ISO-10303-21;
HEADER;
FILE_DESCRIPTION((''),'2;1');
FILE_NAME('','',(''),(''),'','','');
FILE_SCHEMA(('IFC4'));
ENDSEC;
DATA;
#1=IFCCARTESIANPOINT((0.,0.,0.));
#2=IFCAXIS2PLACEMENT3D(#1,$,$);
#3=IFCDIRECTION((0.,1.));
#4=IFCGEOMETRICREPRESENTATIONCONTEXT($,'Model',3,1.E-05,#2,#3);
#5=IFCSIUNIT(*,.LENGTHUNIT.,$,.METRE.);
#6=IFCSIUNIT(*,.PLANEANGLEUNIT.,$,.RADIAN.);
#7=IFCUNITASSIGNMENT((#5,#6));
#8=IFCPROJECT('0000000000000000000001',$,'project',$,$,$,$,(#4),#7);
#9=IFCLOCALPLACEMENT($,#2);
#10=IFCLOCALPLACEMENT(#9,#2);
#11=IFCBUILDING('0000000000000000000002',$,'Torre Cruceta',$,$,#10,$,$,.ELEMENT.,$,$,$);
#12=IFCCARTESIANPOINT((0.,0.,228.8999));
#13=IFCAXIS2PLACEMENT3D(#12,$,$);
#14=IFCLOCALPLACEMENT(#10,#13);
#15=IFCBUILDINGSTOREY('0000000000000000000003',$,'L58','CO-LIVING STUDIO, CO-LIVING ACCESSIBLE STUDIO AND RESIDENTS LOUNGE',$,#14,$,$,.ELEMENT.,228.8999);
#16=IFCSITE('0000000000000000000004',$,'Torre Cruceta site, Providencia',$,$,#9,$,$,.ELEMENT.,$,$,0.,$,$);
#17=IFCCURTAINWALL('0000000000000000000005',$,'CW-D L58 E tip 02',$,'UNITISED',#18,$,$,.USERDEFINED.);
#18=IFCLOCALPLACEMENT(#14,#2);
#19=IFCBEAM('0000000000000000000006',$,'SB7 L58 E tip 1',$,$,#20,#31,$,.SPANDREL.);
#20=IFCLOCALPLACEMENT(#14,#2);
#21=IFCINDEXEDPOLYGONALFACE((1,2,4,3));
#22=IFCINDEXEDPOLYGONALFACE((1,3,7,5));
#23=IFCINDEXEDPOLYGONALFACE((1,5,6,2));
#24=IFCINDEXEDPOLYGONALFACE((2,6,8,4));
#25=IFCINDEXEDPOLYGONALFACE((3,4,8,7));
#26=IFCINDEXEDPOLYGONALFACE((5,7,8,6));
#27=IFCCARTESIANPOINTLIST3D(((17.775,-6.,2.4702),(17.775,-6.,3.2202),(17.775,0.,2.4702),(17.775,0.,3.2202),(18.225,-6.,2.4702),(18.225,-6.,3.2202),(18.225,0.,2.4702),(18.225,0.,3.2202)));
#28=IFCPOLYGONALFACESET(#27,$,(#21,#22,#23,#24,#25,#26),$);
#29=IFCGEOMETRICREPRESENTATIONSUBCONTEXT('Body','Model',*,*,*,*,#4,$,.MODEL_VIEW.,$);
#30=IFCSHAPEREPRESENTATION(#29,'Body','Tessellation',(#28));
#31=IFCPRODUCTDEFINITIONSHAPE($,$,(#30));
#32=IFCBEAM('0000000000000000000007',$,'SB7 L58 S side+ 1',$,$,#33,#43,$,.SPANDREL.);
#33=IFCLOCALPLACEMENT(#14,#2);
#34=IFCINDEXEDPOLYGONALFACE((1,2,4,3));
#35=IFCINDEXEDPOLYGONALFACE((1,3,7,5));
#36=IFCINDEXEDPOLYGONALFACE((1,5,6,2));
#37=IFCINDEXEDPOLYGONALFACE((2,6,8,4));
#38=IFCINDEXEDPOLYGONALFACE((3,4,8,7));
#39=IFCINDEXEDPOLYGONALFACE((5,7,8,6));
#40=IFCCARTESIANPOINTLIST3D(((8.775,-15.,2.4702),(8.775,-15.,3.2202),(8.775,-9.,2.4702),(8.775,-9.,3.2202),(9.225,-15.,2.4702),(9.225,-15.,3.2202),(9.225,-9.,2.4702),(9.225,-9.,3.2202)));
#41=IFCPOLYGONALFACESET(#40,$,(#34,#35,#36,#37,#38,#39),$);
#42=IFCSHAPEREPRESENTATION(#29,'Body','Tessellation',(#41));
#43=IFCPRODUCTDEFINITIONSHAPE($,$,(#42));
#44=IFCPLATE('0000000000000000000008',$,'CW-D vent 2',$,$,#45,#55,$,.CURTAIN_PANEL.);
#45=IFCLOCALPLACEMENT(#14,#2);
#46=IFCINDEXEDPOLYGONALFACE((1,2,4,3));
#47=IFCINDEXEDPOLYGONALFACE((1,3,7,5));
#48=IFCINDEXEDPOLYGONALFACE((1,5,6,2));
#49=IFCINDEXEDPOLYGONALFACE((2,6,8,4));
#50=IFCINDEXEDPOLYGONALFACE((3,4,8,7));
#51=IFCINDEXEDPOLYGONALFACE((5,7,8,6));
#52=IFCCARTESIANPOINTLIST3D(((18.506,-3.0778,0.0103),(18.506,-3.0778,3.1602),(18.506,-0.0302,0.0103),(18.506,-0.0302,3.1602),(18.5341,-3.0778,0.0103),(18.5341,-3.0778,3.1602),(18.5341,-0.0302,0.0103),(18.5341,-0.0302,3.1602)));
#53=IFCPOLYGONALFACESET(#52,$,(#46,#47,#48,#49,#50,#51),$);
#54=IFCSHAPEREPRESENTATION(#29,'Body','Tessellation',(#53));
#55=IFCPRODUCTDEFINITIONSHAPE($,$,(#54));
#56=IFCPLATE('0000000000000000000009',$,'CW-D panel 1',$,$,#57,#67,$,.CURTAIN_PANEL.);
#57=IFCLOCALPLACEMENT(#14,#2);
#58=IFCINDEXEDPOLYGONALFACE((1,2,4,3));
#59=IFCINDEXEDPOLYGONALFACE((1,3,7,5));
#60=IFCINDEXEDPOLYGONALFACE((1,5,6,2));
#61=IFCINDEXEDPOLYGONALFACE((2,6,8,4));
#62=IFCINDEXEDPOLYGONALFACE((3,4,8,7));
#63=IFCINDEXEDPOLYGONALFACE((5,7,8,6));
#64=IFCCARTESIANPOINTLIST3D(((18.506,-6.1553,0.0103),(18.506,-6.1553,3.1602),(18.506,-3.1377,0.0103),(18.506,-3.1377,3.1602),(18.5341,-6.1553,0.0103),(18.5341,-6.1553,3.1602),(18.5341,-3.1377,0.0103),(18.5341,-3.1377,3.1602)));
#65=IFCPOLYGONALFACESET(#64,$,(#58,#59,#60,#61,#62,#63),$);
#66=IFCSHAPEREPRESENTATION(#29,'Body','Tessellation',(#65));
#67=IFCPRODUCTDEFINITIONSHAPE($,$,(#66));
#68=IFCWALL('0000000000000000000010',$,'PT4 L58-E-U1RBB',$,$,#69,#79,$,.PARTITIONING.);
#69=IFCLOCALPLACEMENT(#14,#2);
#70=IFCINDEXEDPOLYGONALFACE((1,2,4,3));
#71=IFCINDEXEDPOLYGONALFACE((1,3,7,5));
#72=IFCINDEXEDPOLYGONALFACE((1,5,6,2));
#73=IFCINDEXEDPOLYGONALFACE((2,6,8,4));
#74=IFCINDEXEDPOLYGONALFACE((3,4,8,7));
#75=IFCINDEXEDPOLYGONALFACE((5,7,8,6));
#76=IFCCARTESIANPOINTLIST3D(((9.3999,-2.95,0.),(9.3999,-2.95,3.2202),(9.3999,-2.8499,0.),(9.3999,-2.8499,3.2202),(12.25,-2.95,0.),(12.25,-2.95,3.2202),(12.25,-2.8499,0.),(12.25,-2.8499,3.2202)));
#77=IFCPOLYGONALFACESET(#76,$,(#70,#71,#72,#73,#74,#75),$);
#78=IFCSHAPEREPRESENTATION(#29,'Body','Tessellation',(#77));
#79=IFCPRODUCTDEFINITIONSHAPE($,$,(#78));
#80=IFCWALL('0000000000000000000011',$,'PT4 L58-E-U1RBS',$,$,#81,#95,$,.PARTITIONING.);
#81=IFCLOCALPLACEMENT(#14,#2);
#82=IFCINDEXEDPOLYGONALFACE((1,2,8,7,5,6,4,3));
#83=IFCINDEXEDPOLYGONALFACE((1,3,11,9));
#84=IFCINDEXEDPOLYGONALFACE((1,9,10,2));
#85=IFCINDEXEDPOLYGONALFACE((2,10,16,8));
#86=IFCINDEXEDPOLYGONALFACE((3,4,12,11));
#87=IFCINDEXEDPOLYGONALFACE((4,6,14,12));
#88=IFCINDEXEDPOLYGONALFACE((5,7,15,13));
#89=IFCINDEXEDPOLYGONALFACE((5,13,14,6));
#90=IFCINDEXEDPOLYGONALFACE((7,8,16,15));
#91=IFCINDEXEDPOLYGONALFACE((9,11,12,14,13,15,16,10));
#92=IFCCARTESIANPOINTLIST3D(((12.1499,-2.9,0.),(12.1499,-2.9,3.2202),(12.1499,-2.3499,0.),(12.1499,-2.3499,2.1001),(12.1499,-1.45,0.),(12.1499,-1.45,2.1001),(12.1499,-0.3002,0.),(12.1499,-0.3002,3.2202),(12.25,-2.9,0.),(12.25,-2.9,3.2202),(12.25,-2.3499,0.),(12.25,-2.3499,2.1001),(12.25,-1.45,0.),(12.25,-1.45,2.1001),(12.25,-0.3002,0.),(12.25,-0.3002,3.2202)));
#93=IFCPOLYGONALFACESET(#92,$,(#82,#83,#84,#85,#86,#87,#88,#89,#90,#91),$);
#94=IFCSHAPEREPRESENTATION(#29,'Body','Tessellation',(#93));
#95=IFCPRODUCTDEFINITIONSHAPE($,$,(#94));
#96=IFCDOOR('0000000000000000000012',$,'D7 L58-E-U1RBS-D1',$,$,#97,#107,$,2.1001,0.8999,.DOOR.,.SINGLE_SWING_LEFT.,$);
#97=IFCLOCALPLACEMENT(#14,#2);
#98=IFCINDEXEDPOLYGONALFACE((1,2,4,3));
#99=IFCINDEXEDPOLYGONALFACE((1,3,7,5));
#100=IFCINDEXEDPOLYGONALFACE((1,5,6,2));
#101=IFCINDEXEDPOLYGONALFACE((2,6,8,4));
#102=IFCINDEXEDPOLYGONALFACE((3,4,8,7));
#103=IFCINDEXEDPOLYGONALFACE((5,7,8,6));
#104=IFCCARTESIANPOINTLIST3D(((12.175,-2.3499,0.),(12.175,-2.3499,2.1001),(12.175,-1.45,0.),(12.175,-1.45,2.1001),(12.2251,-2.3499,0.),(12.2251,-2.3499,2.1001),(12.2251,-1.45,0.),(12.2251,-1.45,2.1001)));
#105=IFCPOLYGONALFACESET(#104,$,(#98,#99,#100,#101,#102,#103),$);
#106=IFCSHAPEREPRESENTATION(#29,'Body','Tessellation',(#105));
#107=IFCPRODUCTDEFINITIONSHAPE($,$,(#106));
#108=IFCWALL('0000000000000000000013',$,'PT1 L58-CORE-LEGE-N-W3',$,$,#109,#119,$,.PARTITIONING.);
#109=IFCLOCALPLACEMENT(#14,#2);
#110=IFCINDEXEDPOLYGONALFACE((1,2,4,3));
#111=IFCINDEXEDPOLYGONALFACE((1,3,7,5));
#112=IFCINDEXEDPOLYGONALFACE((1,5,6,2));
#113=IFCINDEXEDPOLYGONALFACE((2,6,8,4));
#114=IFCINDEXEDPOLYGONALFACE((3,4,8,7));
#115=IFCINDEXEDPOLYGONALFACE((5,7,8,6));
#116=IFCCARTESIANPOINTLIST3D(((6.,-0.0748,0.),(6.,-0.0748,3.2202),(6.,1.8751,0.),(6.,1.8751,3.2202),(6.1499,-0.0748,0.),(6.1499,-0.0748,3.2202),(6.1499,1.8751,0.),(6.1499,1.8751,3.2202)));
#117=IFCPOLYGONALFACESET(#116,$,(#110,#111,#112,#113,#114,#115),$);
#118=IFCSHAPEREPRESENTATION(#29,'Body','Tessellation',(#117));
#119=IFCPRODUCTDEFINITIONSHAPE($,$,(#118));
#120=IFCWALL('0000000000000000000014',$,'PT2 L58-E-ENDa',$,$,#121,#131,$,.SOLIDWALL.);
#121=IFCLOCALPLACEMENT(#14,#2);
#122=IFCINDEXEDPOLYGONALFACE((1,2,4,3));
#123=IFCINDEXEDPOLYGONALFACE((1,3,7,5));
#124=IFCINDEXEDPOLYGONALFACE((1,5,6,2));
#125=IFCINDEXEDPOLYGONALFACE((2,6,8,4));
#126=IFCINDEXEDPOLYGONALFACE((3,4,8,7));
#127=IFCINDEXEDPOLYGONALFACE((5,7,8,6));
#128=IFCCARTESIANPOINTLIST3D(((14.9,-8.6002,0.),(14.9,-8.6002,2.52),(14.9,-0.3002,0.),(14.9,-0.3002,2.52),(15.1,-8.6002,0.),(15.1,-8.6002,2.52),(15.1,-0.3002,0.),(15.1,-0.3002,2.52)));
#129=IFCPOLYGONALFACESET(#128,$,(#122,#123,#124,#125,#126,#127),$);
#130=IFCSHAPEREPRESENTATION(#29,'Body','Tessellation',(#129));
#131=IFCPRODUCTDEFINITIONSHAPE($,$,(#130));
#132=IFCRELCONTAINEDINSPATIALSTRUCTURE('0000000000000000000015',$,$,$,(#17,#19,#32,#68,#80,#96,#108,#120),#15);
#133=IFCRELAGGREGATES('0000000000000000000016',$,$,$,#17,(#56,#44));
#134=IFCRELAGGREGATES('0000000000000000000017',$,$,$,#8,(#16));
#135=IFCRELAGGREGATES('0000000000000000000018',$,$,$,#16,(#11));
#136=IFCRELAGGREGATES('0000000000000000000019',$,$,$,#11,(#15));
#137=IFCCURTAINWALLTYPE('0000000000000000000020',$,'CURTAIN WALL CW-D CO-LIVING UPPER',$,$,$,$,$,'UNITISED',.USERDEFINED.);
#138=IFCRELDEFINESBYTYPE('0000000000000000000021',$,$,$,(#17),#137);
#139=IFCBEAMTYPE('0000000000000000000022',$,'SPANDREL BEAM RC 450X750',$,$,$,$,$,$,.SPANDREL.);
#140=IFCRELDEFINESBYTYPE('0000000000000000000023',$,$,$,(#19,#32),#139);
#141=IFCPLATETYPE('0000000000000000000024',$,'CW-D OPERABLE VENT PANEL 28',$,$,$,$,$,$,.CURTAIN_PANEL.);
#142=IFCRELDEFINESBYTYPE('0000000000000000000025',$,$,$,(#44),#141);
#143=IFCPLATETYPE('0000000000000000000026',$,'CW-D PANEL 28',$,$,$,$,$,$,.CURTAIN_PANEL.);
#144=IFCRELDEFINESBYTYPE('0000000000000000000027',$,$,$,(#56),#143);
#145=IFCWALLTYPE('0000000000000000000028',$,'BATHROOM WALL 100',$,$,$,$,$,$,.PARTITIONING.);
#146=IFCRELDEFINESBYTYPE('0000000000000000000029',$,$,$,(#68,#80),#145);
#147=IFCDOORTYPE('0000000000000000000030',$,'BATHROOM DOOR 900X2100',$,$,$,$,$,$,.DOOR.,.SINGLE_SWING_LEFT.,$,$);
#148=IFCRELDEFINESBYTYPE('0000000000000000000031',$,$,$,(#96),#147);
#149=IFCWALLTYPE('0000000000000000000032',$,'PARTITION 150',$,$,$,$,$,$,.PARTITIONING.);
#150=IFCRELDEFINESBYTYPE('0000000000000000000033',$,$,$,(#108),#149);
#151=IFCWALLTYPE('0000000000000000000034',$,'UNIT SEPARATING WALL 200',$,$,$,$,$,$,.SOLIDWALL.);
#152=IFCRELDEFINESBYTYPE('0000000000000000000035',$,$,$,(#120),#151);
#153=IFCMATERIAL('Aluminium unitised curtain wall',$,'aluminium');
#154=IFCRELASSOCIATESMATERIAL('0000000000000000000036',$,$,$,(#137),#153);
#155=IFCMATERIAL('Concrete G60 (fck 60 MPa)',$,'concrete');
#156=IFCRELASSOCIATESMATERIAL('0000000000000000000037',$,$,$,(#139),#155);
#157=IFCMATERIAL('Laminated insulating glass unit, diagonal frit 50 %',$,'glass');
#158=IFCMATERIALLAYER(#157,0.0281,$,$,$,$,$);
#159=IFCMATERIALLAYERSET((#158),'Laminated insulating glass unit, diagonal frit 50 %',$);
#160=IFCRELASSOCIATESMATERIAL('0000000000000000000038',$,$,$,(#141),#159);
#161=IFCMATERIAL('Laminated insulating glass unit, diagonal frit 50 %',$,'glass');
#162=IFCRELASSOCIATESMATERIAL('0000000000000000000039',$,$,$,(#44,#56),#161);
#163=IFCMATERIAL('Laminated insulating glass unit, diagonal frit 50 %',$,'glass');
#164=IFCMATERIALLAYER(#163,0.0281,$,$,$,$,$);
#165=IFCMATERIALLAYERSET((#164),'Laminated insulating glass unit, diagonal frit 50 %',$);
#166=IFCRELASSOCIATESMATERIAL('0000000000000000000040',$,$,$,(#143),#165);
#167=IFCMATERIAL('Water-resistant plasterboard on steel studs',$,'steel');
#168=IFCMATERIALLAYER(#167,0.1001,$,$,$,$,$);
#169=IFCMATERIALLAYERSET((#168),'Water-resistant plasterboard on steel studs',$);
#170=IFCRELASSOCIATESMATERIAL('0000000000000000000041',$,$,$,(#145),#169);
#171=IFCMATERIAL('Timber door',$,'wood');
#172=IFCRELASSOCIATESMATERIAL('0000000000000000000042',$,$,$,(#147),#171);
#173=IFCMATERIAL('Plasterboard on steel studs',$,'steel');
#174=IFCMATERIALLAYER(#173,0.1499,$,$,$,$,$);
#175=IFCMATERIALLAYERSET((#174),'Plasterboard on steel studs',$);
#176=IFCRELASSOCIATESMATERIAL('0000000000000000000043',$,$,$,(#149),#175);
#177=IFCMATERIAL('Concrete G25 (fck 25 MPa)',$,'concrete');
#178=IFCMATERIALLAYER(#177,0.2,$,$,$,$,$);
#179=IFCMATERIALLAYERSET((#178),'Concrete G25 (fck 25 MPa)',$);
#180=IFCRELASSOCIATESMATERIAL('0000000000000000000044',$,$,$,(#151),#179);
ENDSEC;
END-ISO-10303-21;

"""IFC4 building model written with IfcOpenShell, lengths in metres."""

from ifc_helpers import new_model, si_unit, direction, frame, frame_2d, origin, origin_2d, place, context, subcontext, project, spatial, rectangle, extrude, material, layer, layer_set, material_profile, profile_set, type_object, element, fill, aggregate, save


model = new_model("IFC4")

# Units and contexts
model_context = context("Model", 3, precision=1e-05, world=origin(), true_north=direction((0.0, 1.0)))
body_context = subcontext(model_context, "Body", "Model", "MODEL_VIEW")
ifc_project = project(units=[si_unit("LENGTHUNIT", "METRE"), si_unit("PLANEANGLEUNIT", "RADIAN")], contexts=[model_context])

# Site, building, storey
site_placement = place(None, origin())
site = spatial("IfcSite", under=ifc_project, at=site_placement, Name="Torre Cruceta site, Providencia", CompositionType="ELEMENT", RefElevation=0.0)
building_placement = place(site_placement, origin())
building = spatial("IfcBuilding", under=site, at=building_placement, Name="Torre Cruceta", CompositionType="ELEMENT")
storey_placement = place(building_placement, frame((0.0, 0.0, 228.8999)))
storey = spatial("IfcBuildingStorey", under=building, at=storey_placement, Name="L58", Description="CO-LIVING STUDIO, CO-LIVING ACCESSIBLE STUDIO AND RESIDENTS LOUNGE", CompositionType="ELEMENT", Elevation=228.8999)

# Curtain wall
ifc_material_1 = material(Name="Aluminium unitised curtain wall", Category="aluminium")
curtain_wall_type = type_object("IfcCurtainWallType", Name="CURTAIN WALL CW-D CO-LIVING UPPER", ElementType="UNITISED", PredefinedType="USERDEFINED", material=ifc_material_1)
curtain_wall_placement = place(storey_placement, origin())
curtain_wall = element("IfcCurtainWall", 1, at=curtain_wall_placement, inside=storey, type_object=curtain_wall_type, Name="CW-D L58 E tip 02", ObjectType="UNITISED", PredefinedType="USERDEFINED")

# Beams
ifc_material_2 = material(Name="Concrete G60 (fck 60 MPa)", Category="concrete")
ifc_material_profile_1 = material_profile(ifc_material_2, rectangle(XDim=0.45, YDim=0.75, at=origin_2d()), Name="RC 450X750")
ifc_profile_set_1 = profile_set([ifc_material_profile_1], Name="Concrete G60 (fck 60 MPa)")
beam_type_1 = type_object("IfcBeamType", Name="SPANDREL BEAM RC 450X750", PredefinedType="SPANDREL", material=ifc_profile_set_1)
for number, where, z_axis, x_axis, name in (
    (2, (18.0, -6.0, 2.8452), (0.0, 1.0, 0.0), (-1.0, 0.0, 0.0), "SB7 L58 E tip 1"),
    (3, (9.0, -9.0, 2.8452), (0.0, -1.0, 0.0), (1.0, 0.0, 0.0), "SB7 L58 S side+ 1"),
):
    element("IfcBeam", number, at=place(storey_placement, frame(where, z_axis=z_axis, x_axis=x_axis)), inside=storey, type_object=beam_type_1, Name=name, PredefinedType="SPANDREL", context=body_context, shape_type="SweptSolid", body=[
        extrude(rectangle(XDim=0.45, YDim=0.75, at=origin_2d()), origin(), (0.0, 0.0, 1.0), 6.0),
    ])

# Plates
ifc_material_3 = material(Name="Laminated insulating glass unit, diagonal frit 50 %", Category="glass")
ifc_material_4 = material(Name="Laminated insulating glass unit, diagonal frit 50 %", Category="glass")
ifc_layer_1 = layer(ifc_material_4, 0.0281)
ifc_layer_set_1 = layer_set([ifc_layer_1], Name="Laminated insulating glass unit, diagonal frit 50 %")
plate_type_1 = type_object("IfcPlateType", Name="CW-D OPERABLE VENT PANEL 28", PredefinedType="CURTAIN_PANEL", material=ifc_layer_set_1)
plate_1_placement = place(storey_placement, frame((18.52, -1.554, 0.0103), z_axis=(0.0, 0.0, 1.0), x_axis=(0.0, 1.0, 0.0)))
plate_1 = element("IfcPlate", 4, at=plate_1_placement, type_object=plate_type_1, material=ifc_material_3, Name="CW-D vent 2", PredefinedType="CURTAIN_PANEL", context=body_context, shape_type="SweptSolid", body=[
    extrude(rectangle(XDim=3.0476, YDim=0.0281, at=origin_2d()), origin(), (0.0, 0.0, 1.0), 3.1499),
])
ifc_material_5 = material(Name="Laminated insulating glass unit, diagonal frit 50 %", Category="glass")
ifc_layer_2 = layer(ifc_material_5, 0.0281)
ifc_layer_set_2 = layer_set([ifc_layer_2], Name="Laminated insulating glass unit, diagonal frit 50 %")
plate_type_2 = type_object("IfcPlateType", Name="CW-D PANEL 28", PredefinedType="CURTAIN_PANEL", material=ifc_layer_set_2)
plate_2_placement = place(storey_placement, frame((18.52, -4.6465, 0.0103), z_axis=(0.0, 0.0, 1.0), x_axis=(0.0, 1.0, 0.0)))
plate_2 = element("IfcPlate", 5, at=plate_2_placement, type_object=plate_type_2, material=ifc_material_3, Name="CW-D panel 1", PredefinedType="CURTAIN_PANEL", context=body_context, shape_type="SweptSolid", body=[
    extrude(rectangle(XDim=3.0176, YDim=0.0281, at=origin_2d()), origin(), (0.0, 0.0, 1.0), 3.1499),
])
aggregate(curtain_wall, [plate_2, plate_1])

# Wall
ifc_material_6 = material(Name="Water-resistant plasterboard on steel studs", Category="steel")
ifc_layer_3 = layer(ifc_material_6, 0.1001)
ifc_layer_set_3 = layer_set([ifc_layer_3], Name="Water-resistant plasterboard on steel studs")
wall_type_1 = type_object("IfcWallType", Name="BATHROOM WALL 100", PredefinedType="PARTITIONING", material=ifc_layer_set_3)
wall_1_placement = place(storey_placement, frame((9.3999, -2.8999, 0.0), z_axis=(0.0, 0.0, 1.0), x_axis=(1.0, 0.0, 0.0)))
element("IfcWall", 6, at=wall_1_placement, inside=storey, type_object=wall_type_1, Name="PT4 L58-E-U1RBB", PredefinedType="PARTITIONING", context=body_context, shape_type="SweptSolid", body=[
    extrude(rectangle(XDim=2.8501, YDim=0.1001, at=frame_2d((1.425, 0.0))), origin(), (0.0, 0.0, 1.0), 3.2202),
])

# Wall, opening, door
wall_2_placement = place(storey_placement, frame((12.2, -2.8999, 0.0), z_axis=(0.0, 0.0, 1.0), x_axis=(0.0, 1.0, 0.0)))
wall_2 = element("IfcWall", 7, at=wall_2_placement, inside=storey, type_object=wall_type_1, Name="PT4 L58-E-U1RBS", PredefinedType="PARTITIONING", context=body_context, shape_type="SweptSolid", body=[
    extrude(rectangle(XDim=2.5999, YDim=0.1001, at=frame_2d((1.2998, 0.0))), origin(), (0.0, 0.0, 1.0), 3.2202),
])
opening_placement = place(wall_2_placement, frame((0.55, 0.0, 0.0)))
opening = element("IfcOpeningElement", 8, at=opening_placement, cuts=wall_2, PredefinedType="OPENING", context=body_context, shape_type="SweptSolid", body=[
    extrude(rectangle(XDim=0.8999, YDim=2.1001, at=frame_2d((0.45, 1.05))), frame((0.0, 0.0601, 0.0), z_axis=(0.0, -1.0, 0.0), x_axis=(1.0, 0.0, 0.0)), (0.0, 0.0, 1.0), 0.1201),
])
ifc_material_7 = material(Name="Timber door", Category="wood")
door_type = type_object("IfcDoorType", Name="BATHROOM DOOR 900X2100", OperationType="SINGLE_SWING_LEFT", PredefinedType="DOOR", material=ifc_material_7)
door_placement = place(opening_placement, origin())
door = element("IfcDoor", 9, at=door_placement, inside=storey, type_object=door_type, Name="D7 L58-E-U1RBS-D1", OperationType="SINGLE_SWING_LEFT", OverallHeight=2.1001, OverallWidth=0.8999, PredefinedType="DOOR", context=body_context, shape_type="SweptSolid", body=[
    extrude(rectangle(XDim=0.8999, YDim=2.1001, at=frame_2d((0.45, 1.05))), frame((0.0, 0.0249, 0.0), z_axis=(0.0, -1.0, 0.0), x_axis=(1.0, 0.0, 0.0)), (0.0, 0.0, 1.0), 0.05),
])
fill(opening, door)

# Walls
ifc_material_8 = material(Name="Plasterboard on steel studs", Category="steel")
ifc_layer_4 = layer(ifc_material_8, 0.1499)
ifc_layer_set_4 = layer_set([ifc_layer_4], Name="Plasterboard on steel studs")
wall_type_2 = type_object("IfcWallType", Name="PARTITION 150", PredefinedType="PARTITIONING", material=ifc_layer_set_4)
wall_3_placement = place(storey_placement, frame((6.075, -0.075, 0.0), z_axis=(0.0, 0.0, 1.0), x_axis=(0.0, 1.0, 0.0)))
element("IfcWall", 10, at=wall_3_placement, inside=storey, type_object=wall_type_2, Name="PT1 L58-CORE-LEGE-N-W3", PredefinedType="PARTITIONING", context=body_context, shape_type="SweptSolid", body=[
    extrude(rectangle(XDim=1.95, YDim=0.1499, at=frame_2d((0.9751, 0.0))), origin(), (0.0, 0.0, 1.0), 3.2202),
])
ifc_material_9 = material(Name="Concrete G25 (fck 25 MPa)", Category="concrete")
ifc_layer_5 = layer(ifc_material_9, 0.2)
ifc_layer_set_5 = layer_set([ifc_layer_5], Name="Concrete G25 (fck 25 MPa)")
wall_type_3 = type_object("IfcWallType", Name="UNIT SEPARATING WALL 200", PredefinedType="SOLIDWALL", material=ifc_layer_set_5)
wall_4_placement = place(storey_placement, frame((15.0, -8.6001, 0.0), z_axis=(0.0, 0.0, 1.0), x_axis=(0.0, 1.0, 0.0)))
element("IfcWall", 11, at=wall_4_placement, inside=storey, type_object=wall_type_3, Name="PT2 L58-E-ENDa", PredefinedType="SOLIDWALL", context=body_context, shape_type="SweptSolid", body=[
    extrude(rectangle(XDim=8.3, YDim=0.2, at=frame_2d((4.1499, 0.0))), origin(), (0.0, 0.0, 1.0), 2.52),
])

save(model, "model.ifc")
